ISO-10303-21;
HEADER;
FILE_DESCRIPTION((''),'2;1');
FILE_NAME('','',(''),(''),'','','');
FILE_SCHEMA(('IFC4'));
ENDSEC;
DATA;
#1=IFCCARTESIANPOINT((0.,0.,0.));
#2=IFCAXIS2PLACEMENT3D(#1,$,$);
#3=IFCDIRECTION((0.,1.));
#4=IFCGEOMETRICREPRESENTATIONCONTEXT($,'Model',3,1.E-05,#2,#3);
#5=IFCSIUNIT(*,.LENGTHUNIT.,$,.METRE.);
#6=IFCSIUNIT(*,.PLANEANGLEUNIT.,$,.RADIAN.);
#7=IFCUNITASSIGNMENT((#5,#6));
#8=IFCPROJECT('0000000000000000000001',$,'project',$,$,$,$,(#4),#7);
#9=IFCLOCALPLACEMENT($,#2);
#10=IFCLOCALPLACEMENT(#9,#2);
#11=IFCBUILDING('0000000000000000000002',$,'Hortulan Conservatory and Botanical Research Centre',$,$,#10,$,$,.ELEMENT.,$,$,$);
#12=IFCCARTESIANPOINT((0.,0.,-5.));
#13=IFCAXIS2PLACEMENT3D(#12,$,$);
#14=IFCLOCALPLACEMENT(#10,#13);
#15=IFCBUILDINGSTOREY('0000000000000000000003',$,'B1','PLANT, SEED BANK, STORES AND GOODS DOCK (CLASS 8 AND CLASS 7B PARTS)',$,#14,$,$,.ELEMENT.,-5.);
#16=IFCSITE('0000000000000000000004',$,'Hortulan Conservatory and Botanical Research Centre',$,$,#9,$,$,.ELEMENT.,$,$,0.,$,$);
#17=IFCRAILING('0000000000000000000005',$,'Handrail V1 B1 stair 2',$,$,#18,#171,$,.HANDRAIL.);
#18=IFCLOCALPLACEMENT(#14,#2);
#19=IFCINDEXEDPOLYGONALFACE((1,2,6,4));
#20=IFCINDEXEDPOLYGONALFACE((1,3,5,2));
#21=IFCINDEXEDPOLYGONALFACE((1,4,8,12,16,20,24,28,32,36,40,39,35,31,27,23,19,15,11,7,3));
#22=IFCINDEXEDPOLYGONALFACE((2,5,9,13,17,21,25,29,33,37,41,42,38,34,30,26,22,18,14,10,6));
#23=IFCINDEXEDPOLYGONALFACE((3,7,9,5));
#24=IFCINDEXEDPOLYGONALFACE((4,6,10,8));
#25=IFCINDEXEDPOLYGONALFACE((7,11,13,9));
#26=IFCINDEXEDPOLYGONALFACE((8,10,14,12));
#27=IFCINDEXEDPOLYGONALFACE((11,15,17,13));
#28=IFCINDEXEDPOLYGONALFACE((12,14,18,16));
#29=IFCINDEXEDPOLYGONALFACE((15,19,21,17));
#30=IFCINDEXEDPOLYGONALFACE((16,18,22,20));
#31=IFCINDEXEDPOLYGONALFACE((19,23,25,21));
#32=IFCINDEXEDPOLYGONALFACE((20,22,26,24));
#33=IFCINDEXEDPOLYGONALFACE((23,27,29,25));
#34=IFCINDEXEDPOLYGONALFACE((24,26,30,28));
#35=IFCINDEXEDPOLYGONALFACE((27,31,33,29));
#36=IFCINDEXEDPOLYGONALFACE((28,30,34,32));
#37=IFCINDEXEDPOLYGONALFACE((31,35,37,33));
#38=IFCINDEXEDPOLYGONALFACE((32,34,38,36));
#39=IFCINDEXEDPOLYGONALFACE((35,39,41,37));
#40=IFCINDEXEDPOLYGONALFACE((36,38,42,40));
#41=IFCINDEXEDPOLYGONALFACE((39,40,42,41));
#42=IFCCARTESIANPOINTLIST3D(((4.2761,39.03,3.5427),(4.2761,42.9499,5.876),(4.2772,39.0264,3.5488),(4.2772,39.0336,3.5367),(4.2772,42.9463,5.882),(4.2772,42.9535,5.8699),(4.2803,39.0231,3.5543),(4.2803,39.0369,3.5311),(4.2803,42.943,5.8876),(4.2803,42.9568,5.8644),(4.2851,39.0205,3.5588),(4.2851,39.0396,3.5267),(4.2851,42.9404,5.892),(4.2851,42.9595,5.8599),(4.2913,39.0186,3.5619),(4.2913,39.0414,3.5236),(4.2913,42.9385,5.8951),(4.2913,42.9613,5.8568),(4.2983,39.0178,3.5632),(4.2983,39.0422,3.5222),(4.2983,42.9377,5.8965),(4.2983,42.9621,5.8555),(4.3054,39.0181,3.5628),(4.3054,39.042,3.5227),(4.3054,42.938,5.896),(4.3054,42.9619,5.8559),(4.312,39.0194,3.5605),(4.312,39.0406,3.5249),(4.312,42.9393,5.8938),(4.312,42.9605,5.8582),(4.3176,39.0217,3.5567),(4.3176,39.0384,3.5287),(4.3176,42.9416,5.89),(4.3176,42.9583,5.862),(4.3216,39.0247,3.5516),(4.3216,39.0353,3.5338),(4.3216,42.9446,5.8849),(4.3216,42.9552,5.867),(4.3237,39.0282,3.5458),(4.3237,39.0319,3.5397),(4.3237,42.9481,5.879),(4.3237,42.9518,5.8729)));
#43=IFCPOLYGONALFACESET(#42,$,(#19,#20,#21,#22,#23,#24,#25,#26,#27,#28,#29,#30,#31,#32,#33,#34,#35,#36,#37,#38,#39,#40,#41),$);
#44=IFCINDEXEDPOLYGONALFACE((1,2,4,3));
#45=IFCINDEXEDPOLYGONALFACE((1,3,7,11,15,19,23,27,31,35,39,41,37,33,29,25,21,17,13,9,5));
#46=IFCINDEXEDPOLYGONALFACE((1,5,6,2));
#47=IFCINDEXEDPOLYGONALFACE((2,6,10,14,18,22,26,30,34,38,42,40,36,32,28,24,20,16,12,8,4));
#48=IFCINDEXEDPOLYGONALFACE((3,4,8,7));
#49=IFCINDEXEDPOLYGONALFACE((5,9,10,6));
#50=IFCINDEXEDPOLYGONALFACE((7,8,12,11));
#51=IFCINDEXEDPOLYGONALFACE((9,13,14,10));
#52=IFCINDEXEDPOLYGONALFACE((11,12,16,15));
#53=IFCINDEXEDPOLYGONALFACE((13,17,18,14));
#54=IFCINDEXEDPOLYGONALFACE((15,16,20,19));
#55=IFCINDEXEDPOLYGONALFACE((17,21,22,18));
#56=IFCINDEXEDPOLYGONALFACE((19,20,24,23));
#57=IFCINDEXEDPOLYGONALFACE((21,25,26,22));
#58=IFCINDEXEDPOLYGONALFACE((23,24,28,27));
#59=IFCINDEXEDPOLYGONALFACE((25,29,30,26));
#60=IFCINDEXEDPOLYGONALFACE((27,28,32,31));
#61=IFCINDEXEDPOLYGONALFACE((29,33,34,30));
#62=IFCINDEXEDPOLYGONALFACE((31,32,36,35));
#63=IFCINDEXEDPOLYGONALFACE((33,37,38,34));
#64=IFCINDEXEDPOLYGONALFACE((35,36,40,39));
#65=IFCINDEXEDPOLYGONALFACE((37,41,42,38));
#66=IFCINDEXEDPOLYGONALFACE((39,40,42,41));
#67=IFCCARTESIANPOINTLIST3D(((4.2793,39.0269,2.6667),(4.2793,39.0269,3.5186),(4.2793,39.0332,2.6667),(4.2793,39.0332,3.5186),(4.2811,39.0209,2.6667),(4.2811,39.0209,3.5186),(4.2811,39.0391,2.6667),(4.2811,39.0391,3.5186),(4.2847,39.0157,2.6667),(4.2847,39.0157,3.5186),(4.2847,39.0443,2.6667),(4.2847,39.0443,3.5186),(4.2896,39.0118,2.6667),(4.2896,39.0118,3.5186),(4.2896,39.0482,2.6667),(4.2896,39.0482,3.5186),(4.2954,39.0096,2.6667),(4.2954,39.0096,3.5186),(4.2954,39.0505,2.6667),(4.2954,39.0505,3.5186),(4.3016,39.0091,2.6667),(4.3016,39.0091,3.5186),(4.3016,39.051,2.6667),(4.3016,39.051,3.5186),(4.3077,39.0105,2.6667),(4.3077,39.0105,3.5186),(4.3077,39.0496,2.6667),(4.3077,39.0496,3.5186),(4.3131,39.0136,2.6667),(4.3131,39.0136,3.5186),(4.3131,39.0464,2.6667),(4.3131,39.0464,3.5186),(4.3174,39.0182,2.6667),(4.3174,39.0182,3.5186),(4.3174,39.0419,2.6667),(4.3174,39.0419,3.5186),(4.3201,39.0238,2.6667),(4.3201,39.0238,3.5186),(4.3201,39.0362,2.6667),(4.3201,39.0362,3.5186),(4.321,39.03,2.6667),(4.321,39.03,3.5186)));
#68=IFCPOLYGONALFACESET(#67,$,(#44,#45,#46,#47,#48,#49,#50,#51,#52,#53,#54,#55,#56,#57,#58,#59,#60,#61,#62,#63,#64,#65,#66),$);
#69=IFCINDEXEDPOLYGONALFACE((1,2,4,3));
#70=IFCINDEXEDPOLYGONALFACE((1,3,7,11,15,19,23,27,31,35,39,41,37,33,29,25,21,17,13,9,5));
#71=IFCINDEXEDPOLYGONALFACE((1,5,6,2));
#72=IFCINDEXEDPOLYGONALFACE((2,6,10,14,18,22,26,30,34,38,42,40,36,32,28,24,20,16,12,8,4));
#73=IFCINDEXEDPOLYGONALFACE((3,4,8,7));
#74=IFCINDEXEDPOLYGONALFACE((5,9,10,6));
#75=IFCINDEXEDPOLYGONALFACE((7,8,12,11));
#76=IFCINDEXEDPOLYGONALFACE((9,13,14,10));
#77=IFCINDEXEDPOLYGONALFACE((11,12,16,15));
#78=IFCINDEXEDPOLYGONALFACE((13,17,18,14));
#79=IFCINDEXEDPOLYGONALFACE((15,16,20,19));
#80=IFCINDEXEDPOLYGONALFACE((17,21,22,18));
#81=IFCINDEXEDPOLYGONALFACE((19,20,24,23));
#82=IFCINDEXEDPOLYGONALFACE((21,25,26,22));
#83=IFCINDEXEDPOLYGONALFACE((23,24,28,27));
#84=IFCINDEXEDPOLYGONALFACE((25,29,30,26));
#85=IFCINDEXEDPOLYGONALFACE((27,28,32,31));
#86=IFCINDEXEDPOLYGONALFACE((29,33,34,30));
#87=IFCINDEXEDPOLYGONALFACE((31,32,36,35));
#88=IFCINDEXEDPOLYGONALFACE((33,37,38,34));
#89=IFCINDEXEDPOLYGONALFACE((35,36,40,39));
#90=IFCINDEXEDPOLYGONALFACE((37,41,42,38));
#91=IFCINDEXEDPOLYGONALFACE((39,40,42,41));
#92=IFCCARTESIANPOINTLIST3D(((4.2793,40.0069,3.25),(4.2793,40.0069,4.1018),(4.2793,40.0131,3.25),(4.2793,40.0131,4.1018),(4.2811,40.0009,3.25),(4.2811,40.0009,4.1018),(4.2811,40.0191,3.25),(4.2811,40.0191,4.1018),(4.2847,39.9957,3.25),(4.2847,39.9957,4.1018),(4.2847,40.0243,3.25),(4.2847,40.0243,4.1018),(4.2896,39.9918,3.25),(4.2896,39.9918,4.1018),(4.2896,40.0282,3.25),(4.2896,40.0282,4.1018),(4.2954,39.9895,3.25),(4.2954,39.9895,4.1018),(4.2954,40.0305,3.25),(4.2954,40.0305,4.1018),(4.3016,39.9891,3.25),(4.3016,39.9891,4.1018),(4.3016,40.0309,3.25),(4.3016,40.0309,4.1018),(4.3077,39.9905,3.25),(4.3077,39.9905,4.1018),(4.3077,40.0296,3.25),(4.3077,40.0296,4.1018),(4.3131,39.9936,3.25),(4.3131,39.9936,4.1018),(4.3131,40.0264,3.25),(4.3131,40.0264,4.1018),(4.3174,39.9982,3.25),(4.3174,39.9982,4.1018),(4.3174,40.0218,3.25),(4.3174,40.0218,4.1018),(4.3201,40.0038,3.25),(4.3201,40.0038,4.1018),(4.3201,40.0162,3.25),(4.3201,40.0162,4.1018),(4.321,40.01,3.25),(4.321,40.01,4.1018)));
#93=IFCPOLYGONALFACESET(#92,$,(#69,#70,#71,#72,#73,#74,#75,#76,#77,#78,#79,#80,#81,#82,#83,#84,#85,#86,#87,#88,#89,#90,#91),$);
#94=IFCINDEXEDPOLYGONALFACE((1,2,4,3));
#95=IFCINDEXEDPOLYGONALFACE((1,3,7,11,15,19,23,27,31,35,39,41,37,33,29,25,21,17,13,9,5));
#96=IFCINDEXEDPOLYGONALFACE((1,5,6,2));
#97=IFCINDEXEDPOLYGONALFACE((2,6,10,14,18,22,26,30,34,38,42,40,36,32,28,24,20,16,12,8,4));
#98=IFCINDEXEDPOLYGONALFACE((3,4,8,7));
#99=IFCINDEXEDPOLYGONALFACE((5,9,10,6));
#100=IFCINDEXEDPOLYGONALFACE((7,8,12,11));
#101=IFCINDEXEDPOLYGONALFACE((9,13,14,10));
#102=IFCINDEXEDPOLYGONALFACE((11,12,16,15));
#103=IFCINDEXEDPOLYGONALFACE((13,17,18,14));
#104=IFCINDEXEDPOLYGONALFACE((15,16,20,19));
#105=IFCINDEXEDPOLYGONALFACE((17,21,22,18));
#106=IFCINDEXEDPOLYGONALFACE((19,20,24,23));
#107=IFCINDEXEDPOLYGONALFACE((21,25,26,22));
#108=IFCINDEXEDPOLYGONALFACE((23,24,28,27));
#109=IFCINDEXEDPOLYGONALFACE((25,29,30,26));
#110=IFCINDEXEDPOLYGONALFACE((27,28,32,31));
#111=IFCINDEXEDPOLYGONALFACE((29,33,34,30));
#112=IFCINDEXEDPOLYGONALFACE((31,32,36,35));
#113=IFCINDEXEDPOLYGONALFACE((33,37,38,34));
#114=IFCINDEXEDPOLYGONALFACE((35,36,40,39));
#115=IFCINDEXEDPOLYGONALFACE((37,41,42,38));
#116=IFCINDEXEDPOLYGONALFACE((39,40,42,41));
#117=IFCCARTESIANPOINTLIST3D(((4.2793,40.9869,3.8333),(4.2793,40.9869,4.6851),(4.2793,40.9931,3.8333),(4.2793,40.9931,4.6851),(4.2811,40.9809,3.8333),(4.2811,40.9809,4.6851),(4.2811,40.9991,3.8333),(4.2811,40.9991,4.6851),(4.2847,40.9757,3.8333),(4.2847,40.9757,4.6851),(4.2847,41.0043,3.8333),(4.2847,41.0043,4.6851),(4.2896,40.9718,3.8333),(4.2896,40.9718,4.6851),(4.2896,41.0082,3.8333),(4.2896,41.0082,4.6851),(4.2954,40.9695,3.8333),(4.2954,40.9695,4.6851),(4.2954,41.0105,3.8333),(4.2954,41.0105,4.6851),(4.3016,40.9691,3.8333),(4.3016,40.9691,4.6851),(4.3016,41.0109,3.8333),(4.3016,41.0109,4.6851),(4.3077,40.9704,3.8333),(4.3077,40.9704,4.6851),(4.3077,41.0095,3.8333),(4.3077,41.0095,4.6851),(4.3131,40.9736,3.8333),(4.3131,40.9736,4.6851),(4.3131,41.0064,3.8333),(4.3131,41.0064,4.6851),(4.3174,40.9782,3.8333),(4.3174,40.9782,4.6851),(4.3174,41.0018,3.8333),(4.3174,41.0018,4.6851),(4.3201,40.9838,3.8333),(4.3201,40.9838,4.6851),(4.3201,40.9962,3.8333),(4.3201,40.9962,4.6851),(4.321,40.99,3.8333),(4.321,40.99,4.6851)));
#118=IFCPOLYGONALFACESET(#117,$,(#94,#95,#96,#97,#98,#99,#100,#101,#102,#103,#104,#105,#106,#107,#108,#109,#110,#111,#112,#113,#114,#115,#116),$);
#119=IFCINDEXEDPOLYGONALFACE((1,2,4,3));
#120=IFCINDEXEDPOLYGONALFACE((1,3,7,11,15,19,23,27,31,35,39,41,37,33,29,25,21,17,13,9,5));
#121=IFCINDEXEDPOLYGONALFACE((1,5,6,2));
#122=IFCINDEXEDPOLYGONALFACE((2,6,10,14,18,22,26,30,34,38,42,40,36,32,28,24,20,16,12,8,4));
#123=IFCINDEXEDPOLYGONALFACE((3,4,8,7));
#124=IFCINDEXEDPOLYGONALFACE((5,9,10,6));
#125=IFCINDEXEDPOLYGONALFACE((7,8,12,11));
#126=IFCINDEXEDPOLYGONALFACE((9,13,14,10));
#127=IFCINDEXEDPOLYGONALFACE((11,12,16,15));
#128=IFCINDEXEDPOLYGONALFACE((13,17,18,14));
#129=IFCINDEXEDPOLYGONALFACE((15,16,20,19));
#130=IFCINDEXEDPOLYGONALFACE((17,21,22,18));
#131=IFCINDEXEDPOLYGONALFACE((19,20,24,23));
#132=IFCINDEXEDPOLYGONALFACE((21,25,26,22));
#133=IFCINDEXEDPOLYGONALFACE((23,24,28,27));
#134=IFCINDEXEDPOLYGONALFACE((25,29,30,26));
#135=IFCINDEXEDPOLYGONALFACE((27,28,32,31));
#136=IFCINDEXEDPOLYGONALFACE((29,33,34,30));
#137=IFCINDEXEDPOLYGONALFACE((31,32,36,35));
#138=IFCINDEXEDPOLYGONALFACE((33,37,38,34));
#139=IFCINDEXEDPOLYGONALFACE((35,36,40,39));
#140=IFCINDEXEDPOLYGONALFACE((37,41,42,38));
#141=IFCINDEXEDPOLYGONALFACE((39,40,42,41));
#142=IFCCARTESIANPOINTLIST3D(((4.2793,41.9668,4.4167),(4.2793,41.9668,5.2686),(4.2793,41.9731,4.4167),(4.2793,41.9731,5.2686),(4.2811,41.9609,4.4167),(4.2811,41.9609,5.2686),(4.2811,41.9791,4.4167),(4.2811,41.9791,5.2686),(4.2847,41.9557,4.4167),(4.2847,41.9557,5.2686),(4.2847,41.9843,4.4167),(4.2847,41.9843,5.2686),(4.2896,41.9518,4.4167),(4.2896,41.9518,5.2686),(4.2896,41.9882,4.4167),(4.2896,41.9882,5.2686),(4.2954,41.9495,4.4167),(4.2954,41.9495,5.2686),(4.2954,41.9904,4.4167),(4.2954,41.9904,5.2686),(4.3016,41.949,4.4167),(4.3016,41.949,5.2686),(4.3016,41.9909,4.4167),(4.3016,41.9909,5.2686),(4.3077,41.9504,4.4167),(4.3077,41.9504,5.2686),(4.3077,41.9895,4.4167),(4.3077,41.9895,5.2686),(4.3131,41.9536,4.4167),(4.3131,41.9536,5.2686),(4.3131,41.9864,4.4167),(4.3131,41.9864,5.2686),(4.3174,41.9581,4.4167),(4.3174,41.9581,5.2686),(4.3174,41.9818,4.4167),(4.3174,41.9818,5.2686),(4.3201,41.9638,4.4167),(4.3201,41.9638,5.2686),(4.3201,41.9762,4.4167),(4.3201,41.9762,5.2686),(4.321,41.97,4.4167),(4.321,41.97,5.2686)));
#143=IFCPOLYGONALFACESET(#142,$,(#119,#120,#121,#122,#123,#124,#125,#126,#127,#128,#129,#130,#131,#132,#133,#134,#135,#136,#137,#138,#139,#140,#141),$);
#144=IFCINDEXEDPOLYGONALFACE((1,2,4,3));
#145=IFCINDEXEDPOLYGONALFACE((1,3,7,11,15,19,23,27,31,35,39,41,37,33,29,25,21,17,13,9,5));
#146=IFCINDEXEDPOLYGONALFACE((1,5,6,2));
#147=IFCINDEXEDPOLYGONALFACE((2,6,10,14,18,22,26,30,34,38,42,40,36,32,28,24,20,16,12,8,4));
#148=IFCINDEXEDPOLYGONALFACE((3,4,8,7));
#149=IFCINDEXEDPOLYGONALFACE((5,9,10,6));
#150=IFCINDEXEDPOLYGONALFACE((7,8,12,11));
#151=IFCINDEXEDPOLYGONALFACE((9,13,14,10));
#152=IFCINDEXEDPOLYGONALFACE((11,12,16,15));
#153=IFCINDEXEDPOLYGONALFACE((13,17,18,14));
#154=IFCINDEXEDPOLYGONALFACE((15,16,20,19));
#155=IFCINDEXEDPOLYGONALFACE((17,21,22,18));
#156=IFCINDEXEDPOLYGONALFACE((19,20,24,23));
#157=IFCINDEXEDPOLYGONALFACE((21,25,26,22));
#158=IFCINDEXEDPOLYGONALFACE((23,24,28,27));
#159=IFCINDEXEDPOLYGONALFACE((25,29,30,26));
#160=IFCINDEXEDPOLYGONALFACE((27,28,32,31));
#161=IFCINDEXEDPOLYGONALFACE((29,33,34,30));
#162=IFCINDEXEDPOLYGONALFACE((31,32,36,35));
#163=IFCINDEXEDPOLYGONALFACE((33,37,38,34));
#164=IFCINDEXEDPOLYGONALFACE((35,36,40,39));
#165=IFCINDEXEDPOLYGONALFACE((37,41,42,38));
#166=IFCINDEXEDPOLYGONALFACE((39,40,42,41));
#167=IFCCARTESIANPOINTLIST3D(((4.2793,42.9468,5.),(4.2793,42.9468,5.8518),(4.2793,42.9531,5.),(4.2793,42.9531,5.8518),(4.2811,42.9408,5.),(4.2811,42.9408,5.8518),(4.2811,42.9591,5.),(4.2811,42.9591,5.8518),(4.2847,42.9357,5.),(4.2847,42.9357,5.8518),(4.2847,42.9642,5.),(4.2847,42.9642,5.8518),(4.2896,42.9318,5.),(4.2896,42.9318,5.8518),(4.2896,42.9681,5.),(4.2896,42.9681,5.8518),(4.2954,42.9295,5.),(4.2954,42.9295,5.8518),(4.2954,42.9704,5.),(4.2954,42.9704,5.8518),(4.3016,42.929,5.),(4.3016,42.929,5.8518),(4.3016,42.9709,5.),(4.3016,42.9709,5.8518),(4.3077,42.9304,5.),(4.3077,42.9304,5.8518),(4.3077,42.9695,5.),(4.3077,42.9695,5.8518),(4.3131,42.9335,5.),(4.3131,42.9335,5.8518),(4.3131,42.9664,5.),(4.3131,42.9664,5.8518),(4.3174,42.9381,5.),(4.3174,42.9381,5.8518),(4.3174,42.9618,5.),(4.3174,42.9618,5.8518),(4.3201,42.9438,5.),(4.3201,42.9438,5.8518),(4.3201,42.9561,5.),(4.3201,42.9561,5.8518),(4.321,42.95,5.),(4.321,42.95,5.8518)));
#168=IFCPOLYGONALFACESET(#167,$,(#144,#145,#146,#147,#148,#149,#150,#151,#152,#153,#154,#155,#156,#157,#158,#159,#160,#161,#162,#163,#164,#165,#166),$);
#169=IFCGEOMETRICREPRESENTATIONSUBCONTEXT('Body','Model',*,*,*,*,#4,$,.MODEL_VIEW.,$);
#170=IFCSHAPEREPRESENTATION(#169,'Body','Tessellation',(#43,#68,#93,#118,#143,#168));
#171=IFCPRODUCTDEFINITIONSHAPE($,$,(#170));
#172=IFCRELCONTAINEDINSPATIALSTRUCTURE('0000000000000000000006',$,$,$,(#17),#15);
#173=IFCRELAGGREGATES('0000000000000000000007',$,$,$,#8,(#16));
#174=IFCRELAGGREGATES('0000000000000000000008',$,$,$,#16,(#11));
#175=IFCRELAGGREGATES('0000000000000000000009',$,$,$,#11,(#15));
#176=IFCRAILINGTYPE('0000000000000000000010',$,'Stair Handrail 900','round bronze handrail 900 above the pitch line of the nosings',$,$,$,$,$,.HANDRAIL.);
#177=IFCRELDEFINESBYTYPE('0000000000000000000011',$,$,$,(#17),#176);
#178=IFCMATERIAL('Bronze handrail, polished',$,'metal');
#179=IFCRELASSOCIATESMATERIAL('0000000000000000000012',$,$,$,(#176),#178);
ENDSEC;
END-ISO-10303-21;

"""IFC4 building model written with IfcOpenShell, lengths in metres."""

from ifc_helpers import new_model, si_unit, direction, frame, origin, origin_2d, place, context, subcontext, project, spatial, circle, extrude, material, type_object, element, save


model = new_model("IFC4")

# Units and contexts
model_context = context("Model", 3, precision=1e-05, world=origin(), true_north=direction((0.0, 1.0)))
body_context = subcontext(model_context, "Body", "Model", "MODEL_VIEW")
ifc_project = project(units=[si_unit("LENGTHUNIT", "METRE"), si_unit("PLANEANGLEUNIT", "RADIAN")], contexts=[model_context])

# Site, building, storey
site_placement = place(None, origin())
site = spatial("IfcSite", under=ifc_project, at=site_placement, Name="Hortulan Conservatory and Botanical Research Centre", CompositionType="ELEMENT", RefElevation=0.0)
building_placement = place(site_placement, origin())
building = spatial("IfcBuilding", under=site, at=building_placement, Name="Hortulan Conservatory and Botanical Research Centre", CompositionType="ELEMENT")
storey_placement = place(building_placement, frame((0.0, 0.0, -5.0)))
storey = spatial("IfcBuildingStorey", under=building, at=storey_placement, Name="B1", Description="PLANT, SEED BANK, STORES AND GOODS DOCK (CLASS 8 AND CLASS 7B PARTS)", CompositionType="ELEMENT", Elevation=-5.0)

# Railing
ifc_material_1 = material(Name="Bronze handrail, polished", Category="metal")
railing_type_1 = type_object("IfcRailingType", Name="Stair Handrail 900", Description="round bronze handrail 900 above the pitch line of the nosings", PredefinedType="HANDRAIL", material=ifc_material_1)
railing_1_placement = place(storey_placement, frame((4.3, 39.03, 2.6667)))
element("IfcRailing", 1, at=railing_1_placement, inside=storey, type_object=railing_type_1, Name="Handrail V1 B1 stair 2", PredefinedType="HANDRAIL", context=body_context, shape_type="SweptSolid", body=[
    extrude(circle(Radius=0.0239, at=origin_2d()), frame((0.0, 0.0, 0.876), z_axis=(0.0, 0.859296, 0.511478), x_axis=(-1.0, 0.0, 0.0)), (0.0, 0.0, 1.0), 4.5618),
    extrude(circle(Radius=0.021, at=origin_2d()), origin(), (0.0, 0.0, 1.0), 0.8518),
    extrude(circle(Radius=0.021, at=origin_2d()), frame((0.0, 0.98, 0.5833)), (0.0, 0.0, 1.0), 0.8518),
    extrude(circle(Radius=0.021, at=origin_2d()), frame((0.0, 1.96, 1.1665)), (0.0, 0.0, 1.0), 0.8518),
    extrude(circle(Radius=0.021, at=origin_2d()), frame((0.0, 2.9399, 1.75)), (0.0, 0.0, 1.0), 0.8518),
    extrude(circle(Radius=0.021, at=origin_2d()), frame((0.0, 3.9199, 2.3333)), (0.0, 0.0, 1.0), 0.8518),
])

save(model, "model.ifc")
